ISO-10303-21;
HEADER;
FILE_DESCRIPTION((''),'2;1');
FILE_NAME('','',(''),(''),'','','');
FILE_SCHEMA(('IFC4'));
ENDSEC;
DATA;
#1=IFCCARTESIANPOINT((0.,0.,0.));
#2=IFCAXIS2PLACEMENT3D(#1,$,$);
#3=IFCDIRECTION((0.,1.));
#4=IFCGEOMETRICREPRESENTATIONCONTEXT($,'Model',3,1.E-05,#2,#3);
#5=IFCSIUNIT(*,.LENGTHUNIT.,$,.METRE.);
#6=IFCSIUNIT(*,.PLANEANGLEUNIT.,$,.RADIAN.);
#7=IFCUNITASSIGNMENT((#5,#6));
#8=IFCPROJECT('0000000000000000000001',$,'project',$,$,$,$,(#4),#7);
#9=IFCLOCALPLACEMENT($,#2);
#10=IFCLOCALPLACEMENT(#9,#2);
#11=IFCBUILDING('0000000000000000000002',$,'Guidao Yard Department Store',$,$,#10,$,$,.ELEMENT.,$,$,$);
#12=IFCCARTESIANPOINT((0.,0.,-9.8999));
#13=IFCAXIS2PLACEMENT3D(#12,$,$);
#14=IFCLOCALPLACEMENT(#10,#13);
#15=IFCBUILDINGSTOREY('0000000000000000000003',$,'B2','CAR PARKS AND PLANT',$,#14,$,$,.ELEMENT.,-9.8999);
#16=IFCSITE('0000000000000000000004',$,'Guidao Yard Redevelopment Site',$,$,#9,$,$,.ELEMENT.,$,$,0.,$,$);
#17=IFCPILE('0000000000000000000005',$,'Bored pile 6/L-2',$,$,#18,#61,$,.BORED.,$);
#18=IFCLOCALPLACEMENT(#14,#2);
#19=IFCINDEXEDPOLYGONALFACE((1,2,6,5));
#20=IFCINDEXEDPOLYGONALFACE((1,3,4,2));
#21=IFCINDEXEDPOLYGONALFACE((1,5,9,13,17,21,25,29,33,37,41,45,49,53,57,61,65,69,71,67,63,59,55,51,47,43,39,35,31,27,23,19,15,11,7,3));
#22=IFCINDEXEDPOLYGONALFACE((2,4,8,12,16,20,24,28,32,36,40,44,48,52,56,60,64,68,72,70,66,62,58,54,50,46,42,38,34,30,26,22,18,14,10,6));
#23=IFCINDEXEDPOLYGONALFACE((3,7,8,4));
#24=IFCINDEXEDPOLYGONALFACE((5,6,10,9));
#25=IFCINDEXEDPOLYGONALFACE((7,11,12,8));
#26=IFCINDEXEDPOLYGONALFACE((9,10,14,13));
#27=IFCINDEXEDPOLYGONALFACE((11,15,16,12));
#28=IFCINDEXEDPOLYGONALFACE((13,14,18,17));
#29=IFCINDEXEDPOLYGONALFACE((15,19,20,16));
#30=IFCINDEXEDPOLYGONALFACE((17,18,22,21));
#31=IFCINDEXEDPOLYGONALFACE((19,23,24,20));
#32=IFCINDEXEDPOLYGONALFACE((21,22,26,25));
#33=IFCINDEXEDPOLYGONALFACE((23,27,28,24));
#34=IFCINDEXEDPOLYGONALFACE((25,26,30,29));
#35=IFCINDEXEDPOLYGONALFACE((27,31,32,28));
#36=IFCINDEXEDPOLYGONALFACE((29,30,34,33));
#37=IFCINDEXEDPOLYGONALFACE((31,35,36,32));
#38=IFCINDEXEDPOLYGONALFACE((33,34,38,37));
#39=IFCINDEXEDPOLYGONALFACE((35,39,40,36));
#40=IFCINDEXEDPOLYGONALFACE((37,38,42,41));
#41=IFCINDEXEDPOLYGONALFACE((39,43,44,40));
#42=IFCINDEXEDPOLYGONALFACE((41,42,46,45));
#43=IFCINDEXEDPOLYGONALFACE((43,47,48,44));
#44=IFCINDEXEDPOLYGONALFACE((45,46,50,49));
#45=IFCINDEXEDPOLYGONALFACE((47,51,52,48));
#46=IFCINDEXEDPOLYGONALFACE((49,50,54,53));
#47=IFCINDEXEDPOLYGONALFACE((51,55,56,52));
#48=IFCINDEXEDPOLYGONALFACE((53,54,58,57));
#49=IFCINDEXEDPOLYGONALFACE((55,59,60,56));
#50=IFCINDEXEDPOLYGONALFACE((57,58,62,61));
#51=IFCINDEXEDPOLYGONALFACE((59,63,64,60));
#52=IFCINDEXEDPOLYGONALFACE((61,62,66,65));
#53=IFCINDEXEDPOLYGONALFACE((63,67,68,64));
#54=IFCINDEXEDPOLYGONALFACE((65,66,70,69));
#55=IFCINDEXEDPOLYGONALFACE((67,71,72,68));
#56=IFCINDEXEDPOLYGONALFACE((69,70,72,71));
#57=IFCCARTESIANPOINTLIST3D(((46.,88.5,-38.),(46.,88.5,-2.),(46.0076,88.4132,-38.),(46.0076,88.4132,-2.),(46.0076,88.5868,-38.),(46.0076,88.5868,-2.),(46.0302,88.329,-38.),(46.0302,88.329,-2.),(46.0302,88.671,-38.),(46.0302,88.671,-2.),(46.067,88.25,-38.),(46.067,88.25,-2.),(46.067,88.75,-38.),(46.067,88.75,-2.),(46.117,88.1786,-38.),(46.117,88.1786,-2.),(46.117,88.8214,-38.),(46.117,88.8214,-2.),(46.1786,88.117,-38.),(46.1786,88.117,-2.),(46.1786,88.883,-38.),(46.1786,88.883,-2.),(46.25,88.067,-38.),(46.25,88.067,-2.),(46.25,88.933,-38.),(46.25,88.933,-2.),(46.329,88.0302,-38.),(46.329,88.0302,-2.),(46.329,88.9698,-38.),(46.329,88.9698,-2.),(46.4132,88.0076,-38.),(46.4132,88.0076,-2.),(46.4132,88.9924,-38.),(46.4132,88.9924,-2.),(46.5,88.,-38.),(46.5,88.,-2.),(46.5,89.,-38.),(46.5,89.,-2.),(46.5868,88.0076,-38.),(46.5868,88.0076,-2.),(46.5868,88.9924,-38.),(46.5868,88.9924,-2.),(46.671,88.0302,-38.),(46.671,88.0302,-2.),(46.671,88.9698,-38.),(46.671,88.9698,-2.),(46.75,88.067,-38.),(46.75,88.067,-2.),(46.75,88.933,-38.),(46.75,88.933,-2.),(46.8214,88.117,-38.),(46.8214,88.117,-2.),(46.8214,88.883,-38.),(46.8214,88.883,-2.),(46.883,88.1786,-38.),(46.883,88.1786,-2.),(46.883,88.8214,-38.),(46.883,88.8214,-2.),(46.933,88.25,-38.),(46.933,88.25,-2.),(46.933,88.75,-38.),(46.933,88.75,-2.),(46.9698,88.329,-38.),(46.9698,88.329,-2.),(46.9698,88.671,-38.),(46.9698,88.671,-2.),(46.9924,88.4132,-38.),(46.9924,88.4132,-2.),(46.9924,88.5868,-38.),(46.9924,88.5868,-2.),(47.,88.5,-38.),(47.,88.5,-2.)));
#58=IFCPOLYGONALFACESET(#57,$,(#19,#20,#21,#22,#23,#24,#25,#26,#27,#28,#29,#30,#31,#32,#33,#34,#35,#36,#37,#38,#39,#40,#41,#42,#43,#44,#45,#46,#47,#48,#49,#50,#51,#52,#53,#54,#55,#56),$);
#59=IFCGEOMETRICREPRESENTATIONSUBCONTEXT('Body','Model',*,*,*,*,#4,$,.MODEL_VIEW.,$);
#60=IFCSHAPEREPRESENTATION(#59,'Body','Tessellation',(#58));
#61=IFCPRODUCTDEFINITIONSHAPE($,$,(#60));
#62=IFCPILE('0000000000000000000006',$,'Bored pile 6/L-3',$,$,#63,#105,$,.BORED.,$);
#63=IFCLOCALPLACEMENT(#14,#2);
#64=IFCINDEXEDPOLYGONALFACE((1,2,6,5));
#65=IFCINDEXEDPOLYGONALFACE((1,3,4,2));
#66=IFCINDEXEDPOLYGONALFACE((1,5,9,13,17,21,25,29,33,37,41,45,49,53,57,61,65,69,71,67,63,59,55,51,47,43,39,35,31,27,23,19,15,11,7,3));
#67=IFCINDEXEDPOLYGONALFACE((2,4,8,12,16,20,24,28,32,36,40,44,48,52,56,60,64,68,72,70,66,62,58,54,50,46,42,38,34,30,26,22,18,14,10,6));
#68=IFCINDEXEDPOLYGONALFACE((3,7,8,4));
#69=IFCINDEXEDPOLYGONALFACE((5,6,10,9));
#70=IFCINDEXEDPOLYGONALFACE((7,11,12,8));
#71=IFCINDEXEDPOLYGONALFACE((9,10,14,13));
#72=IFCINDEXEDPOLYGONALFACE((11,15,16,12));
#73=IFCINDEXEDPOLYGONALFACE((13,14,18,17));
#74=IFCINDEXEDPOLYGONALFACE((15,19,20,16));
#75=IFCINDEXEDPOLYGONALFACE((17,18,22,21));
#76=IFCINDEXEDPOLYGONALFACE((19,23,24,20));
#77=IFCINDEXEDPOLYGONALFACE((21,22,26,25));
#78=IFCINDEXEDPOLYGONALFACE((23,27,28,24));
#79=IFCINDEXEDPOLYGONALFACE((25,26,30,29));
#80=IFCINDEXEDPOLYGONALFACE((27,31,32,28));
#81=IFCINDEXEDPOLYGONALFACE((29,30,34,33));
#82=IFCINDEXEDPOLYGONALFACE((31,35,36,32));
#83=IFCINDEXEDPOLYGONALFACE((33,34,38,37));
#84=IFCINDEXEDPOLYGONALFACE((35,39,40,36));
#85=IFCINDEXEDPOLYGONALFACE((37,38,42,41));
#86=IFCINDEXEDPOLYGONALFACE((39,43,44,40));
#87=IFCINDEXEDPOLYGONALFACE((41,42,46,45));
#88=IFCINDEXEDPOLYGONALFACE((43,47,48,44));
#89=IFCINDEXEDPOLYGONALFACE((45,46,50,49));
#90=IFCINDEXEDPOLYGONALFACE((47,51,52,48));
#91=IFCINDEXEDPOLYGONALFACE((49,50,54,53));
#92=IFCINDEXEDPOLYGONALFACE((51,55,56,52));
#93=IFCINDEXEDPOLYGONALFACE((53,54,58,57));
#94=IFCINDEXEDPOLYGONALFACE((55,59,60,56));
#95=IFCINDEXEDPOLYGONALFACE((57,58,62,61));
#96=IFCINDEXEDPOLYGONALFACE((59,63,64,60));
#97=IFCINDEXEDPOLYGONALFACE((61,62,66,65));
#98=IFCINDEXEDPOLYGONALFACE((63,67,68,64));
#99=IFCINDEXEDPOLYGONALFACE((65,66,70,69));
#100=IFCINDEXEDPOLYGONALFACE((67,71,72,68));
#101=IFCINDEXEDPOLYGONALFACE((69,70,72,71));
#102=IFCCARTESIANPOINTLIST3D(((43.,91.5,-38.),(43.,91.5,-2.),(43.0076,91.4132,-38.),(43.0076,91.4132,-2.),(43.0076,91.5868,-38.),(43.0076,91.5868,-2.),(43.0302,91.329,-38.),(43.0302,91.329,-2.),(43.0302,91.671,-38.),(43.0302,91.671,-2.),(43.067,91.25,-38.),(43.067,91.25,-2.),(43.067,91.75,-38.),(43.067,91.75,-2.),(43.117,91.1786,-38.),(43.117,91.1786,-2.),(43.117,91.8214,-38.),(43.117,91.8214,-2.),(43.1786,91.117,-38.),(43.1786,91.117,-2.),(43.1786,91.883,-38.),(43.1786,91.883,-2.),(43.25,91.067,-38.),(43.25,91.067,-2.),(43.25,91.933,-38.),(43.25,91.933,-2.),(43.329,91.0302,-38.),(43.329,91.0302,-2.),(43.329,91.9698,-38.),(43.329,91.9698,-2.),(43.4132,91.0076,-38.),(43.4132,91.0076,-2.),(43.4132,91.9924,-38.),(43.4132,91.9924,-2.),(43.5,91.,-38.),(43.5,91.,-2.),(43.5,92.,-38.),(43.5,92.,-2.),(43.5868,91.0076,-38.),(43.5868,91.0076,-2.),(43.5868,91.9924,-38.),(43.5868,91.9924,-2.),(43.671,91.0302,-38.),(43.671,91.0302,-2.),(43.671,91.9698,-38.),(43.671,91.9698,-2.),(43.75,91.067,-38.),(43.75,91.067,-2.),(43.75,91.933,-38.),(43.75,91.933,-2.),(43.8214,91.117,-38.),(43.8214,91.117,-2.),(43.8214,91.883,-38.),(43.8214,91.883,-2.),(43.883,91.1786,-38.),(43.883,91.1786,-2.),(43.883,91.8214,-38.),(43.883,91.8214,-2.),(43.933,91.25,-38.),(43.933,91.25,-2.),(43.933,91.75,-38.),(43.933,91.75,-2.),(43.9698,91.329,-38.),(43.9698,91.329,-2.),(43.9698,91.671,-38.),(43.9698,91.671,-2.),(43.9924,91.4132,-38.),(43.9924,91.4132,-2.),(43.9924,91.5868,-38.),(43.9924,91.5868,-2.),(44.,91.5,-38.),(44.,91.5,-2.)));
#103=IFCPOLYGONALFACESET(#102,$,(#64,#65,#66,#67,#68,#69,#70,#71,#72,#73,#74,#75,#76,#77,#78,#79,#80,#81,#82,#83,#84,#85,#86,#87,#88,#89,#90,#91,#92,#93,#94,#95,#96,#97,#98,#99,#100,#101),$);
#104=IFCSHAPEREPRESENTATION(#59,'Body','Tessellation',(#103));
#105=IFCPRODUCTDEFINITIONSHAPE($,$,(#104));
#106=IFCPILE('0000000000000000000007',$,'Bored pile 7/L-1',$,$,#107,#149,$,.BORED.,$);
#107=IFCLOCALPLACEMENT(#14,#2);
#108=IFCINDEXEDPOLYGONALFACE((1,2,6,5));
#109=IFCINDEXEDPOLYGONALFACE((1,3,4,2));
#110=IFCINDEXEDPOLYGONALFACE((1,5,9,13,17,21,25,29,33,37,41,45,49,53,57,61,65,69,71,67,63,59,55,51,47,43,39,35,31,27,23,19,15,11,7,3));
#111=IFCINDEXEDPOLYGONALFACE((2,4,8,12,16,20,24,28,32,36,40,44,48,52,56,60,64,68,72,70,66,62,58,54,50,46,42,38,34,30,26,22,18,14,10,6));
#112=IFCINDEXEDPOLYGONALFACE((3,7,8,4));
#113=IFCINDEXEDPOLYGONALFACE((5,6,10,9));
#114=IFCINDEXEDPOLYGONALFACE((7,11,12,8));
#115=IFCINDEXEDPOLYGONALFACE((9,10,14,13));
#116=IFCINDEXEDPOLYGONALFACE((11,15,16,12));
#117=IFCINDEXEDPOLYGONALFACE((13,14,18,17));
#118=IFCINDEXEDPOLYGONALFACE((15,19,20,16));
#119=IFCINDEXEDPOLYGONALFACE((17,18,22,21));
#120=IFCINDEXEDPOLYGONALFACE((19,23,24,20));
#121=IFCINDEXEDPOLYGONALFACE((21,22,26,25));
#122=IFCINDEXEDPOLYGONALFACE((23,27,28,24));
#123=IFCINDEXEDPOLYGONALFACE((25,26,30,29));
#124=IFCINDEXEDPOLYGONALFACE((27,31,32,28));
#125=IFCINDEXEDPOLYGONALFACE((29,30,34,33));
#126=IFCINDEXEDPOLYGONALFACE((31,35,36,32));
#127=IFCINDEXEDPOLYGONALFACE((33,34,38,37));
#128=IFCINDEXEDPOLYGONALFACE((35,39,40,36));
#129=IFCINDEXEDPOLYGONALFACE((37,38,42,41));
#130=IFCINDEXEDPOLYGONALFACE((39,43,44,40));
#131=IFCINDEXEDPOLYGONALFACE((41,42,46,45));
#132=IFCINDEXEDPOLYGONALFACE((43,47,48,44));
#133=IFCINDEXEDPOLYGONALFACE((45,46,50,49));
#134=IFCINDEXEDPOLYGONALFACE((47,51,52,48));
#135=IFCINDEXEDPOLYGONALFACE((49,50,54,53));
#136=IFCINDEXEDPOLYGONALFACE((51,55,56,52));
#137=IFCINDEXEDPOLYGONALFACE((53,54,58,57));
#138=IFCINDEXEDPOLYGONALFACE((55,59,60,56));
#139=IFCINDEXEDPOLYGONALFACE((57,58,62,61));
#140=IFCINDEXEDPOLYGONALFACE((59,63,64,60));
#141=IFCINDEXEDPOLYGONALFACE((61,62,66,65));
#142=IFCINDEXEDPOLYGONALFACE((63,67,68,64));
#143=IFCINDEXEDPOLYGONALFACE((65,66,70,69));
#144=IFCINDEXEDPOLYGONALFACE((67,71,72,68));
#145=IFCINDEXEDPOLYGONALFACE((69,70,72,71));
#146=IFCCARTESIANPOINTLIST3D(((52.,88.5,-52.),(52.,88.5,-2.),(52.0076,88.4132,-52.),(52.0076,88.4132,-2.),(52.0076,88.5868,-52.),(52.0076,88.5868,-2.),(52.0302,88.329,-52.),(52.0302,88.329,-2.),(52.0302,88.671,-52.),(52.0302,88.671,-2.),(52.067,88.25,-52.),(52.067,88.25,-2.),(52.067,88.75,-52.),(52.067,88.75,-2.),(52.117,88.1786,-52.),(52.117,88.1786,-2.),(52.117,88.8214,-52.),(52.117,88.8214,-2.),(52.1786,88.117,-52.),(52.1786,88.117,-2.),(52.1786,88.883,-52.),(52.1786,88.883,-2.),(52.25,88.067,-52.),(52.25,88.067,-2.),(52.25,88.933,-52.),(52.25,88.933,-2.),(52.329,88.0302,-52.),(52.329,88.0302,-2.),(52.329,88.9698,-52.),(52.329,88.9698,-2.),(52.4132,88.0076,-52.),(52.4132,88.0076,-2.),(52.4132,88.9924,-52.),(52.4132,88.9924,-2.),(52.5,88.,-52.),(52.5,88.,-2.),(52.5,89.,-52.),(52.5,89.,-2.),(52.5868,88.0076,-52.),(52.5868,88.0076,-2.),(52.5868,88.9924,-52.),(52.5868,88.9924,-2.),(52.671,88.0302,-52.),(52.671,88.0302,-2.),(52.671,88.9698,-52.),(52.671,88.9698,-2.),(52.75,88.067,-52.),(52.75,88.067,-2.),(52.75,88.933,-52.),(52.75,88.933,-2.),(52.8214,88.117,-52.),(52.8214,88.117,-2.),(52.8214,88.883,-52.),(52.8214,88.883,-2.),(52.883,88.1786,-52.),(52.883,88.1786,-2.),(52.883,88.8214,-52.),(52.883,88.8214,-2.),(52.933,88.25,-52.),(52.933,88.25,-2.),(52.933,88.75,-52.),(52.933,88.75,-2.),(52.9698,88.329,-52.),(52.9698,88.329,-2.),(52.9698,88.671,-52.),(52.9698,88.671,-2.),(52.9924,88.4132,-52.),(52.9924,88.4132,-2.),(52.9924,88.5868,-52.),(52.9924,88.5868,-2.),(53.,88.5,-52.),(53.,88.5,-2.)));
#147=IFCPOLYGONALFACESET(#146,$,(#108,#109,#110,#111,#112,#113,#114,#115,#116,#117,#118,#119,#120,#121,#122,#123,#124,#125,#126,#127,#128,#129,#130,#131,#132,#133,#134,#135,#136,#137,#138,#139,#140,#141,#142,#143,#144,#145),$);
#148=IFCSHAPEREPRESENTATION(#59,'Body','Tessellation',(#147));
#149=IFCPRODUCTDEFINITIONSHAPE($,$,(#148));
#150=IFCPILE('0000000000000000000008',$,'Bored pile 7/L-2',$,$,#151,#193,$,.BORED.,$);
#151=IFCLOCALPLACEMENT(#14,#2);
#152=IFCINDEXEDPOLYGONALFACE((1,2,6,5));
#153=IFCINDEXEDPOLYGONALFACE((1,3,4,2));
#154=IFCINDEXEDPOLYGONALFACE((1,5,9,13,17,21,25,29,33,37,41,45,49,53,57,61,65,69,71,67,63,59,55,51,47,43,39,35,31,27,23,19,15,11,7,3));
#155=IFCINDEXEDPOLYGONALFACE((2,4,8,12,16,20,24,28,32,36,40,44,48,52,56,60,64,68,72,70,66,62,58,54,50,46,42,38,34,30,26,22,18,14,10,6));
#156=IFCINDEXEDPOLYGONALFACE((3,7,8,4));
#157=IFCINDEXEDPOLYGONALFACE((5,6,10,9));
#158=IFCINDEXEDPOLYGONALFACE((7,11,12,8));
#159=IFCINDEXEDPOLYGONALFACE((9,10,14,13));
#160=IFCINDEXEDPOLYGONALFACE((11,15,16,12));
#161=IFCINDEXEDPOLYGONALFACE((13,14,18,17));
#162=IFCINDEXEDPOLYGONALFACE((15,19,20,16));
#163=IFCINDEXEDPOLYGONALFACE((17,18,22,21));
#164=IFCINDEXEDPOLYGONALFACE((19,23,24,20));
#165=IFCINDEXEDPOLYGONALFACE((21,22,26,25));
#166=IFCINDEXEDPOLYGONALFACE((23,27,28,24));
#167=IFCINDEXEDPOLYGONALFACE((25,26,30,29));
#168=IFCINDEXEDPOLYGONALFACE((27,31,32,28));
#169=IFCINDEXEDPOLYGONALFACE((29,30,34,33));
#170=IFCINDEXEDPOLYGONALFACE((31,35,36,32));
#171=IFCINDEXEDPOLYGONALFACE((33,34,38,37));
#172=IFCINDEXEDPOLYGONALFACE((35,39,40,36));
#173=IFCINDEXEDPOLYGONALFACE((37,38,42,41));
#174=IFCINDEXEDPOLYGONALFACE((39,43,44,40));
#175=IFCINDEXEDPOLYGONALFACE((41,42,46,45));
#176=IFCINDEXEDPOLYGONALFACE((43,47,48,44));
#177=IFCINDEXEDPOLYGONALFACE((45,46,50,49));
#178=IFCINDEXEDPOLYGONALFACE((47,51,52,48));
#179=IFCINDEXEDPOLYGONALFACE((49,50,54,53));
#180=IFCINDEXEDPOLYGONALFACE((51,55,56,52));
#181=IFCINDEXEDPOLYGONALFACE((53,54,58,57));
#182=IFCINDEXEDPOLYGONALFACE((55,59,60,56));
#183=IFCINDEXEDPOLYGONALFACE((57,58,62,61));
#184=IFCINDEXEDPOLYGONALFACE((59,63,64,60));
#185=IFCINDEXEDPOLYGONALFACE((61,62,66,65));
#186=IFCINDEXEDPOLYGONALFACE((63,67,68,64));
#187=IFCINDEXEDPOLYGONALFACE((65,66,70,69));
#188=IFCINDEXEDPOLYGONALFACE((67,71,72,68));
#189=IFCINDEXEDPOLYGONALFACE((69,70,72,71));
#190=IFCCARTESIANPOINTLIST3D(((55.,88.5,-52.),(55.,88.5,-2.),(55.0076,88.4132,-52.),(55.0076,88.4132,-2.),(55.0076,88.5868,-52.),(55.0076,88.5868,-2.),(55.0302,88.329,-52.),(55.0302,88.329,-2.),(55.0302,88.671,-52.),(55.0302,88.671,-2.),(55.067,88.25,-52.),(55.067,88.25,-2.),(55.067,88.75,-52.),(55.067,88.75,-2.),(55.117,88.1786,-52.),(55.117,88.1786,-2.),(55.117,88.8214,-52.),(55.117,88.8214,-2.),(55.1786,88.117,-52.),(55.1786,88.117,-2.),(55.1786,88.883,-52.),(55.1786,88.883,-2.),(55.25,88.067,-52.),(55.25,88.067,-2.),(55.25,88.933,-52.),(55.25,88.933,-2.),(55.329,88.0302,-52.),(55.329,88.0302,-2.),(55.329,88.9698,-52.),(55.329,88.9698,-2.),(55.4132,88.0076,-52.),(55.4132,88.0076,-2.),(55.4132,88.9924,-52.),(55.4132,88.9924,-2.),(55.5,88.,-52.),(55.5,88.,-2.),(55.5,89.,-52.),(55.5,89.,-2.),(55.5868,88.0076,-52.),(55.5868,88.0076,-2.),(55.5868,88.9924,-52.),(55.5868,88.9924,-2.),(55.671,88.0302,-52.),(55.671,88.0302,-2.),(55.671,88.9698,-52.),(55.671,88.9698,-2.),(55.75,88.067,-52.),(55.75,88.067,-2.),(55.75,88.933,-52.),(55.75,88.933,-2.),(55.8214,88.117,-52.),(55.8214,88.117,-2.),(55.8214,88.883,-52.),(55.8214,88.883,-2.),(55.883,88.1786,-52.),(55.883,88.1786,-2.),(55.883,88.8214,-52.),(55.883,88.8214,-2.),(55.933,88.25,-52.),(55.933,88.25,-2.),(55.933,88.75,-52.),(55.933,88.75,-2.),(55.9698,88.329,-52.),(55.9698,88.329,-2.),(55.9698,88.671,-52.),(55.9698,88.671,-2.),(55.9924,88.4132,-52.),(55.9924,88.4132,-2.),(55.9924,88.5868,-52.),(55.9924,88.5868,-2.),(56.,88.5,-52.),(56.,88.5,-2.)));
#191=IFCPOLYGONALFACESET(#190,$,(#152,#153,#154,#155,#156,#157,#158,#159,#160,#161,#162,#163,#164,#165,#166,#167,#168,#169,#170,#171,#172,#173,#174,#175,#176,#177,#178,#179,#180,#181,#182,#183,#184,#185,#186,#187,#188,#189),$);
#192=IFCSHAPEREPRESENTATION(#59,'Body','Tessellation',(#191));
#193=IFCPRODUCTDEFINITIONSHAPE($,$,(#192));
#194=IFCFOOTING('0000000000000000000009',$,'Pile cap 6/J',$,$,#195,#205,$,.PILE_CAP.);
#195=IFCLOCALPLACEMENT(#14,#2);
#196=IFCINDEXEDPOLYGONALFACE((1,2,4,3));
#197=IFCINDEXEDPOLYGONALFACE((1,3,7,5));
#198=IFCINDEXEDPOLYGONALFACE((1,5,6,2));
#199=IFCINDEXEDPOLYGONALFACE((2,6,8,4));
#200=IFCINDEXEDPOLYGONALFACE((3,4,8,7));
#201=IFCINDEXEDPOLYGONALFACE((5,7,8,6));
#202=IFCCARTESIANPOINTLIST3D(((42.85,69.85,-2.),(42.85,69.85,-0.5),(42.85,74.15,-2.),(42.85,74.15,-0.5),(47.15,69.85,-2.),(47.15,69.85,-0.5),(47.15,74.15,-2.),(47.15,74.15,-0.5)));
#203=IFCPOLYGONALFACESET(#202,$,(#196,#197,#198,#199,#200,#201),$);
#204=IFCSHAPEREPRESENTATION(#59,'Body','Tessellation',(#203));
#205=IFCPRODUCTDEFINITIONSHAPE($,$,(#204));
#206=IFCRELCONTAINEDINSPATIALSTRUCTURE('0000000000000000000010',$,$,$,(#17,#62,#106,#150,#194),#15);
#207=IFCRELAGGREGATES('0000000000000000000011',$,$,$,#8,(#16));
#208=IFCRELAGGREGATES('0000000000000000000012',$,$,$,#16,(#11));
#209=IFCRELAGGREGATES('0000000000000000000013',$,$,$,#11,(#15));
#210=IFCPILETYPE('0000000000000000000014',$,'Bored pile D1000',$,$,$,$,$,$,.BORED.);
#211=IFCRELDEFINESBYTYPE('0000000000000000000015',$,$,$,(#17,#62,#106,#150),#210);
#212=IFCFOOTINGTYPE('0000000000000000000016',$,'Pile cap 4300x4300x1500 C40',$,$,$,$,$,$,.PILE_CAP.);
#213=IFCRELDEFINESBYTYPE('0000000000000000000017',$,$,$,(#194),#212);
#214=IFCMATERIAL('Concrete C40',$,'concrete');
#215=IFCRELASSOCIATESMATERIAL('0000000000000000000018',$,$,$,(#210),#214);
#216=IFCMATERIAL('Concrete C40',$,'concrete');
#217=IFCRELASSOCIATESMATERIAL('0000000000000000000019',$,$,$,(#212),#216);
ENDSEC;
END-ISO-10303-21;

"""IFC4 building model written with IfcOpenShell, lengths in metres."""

from ifc_helpers import new_model, si_unit, direction, frame, origin, origin_2d, place, context, subcontext, project, spatial, rectangle, circle, extrude, material, material_profile, profile_set, type_object, element, save


model = new_model("IFC4")

# Units and contexts
model_context = context("Model", 3, precision=1e-05, world=origin(), true_north=direction((0.0, 1.0)))
body_context = subcontext(model_context, "Body", "Model", "MODEL_VIEW")
ifc_project = project(units=[si_unit("LENGTHUNIT", "METRE"), si_unit("PLANEANGLEUNIT", "RADIAN")], contexts=[model_context])

# Site, building, storey
site_placement = place(None, origin())
site = spatial("IfcSite", under=ifc_project, at=site_placement, Name="Guidao Yard Redevelopment Site", CompositionType="ELEMENT", RefElevation=0.0)
building_placement = place(site_placement, origin())
building = spatial("IfcBuilding", under=site, at=building_placement, Name="Guidao Yard Department Store", CompositionType="ELEMENT")
storey_placement = place(building_placement, frame((0.0, 0.0, -9.8999)))
storey = spatial("IfcBuildingStorey", under=building, at=storey_placement, Name="B2", Description="CAR PARKS AND PLANT", CompositionType="ELEMENT", Elevation=-9.8999)

# Piles
ifc_material_1 = material(Name="Concrete C40", Category="concrete")
ifc_material_profile_1 = material_profile(ifc_material_1, circle(Radius=0.5, at=origin_2d()), Name="Bored pile D1000")
ifc_profile_set_1 = profile_set([ifc_material_profile_1], Name="Concrete C40")
pile_type = type_object("IfcPileType", Name="Bored pile D1000", PredefinedType="BORED", material=ifc_profile_set_1)
for number, where, z_axis, x_axis, name in (
    (1, (46.5, 88.5, -2.0), (0.0, 0.0, -1.0), (1.0, 0.0, 0.0), "Bored pile 6/L-2"),
    (2, (43.5, 91.5, -2.0), (0.0, 0.0, -1.0), (1.0, 0.0, 0.0), "Bored pile 6/L-3"),
):
    element("IfcPile", number, at=place(storey_placement, frame(where, z_axis=z_axis, x_axis=x_axis)), inside=storey, type_object=pile_type, Name=name, PredefinedType="BORED", context=body_context, shape_type="SweptSolid", body=[
        extrude(circle(Radius=0.5, at=origin_2d()), origin(), (0.0, 0.0, 1.0), 36.0),
    ])
for number, where, z_axis, x_axis, name in (
    (3, (52.5, 88.5, -2.0), (0.0, 0.0, -1.0), (1.0, 0.0, 0.0), "Bored pile 7/L-1"),
    (4, (55.5, 88.5, -2.0), (0.0, 0.0, -1.0), (1.0, 0.0, 0.0), "Bored pile 7/L-2"),
):
    element("IfcPile", number, at=place(storey_placement, frame(where, z_axis=z_axis, x_axis=x_axis)), inside=storey, type_object=pile_type, Name=name, PredefinedType="BORED", context=body_context, shape_type="SweptSolid", body=[
        extrude(circle(Radius=0.5, at=origin_2d()), origin(), (0.0, 0.0, 1.0), 50.0),
    ])

# Footing
ifc_material_2 = material(Name="Concrete C40", Category="concrete")
footing_type = type_object("IfcFootingType", Name="Pile cap 4300x4300x1500 C40", PredefinedType="PILE_CAP", material=ifc_material_2)
for number, where, z_axis, x_axis, name in (
    (5, (45.0, 72.0, -2.0), (0.0, 0.0, 1.0), (1.0, 0.0, 0.0), "Pile cap 6/J"),
):
    element("IfcFooting", number, at=place(storey_placement, frame(where, z_axis=z_axis, x_axis=x_axis)), inside=storey, type_object=footing_type, Name=name, PredefinedType="PILE_CAP", context=body_context, shape_type="SweptSolid", body=[
        extrude(rectangle(XDim=4.3, YDim=4.3, at=origin_2d()), origin(), (0.0, 0.0, 1.0), 1.5),
    ])

save(model, "model.ifc")
